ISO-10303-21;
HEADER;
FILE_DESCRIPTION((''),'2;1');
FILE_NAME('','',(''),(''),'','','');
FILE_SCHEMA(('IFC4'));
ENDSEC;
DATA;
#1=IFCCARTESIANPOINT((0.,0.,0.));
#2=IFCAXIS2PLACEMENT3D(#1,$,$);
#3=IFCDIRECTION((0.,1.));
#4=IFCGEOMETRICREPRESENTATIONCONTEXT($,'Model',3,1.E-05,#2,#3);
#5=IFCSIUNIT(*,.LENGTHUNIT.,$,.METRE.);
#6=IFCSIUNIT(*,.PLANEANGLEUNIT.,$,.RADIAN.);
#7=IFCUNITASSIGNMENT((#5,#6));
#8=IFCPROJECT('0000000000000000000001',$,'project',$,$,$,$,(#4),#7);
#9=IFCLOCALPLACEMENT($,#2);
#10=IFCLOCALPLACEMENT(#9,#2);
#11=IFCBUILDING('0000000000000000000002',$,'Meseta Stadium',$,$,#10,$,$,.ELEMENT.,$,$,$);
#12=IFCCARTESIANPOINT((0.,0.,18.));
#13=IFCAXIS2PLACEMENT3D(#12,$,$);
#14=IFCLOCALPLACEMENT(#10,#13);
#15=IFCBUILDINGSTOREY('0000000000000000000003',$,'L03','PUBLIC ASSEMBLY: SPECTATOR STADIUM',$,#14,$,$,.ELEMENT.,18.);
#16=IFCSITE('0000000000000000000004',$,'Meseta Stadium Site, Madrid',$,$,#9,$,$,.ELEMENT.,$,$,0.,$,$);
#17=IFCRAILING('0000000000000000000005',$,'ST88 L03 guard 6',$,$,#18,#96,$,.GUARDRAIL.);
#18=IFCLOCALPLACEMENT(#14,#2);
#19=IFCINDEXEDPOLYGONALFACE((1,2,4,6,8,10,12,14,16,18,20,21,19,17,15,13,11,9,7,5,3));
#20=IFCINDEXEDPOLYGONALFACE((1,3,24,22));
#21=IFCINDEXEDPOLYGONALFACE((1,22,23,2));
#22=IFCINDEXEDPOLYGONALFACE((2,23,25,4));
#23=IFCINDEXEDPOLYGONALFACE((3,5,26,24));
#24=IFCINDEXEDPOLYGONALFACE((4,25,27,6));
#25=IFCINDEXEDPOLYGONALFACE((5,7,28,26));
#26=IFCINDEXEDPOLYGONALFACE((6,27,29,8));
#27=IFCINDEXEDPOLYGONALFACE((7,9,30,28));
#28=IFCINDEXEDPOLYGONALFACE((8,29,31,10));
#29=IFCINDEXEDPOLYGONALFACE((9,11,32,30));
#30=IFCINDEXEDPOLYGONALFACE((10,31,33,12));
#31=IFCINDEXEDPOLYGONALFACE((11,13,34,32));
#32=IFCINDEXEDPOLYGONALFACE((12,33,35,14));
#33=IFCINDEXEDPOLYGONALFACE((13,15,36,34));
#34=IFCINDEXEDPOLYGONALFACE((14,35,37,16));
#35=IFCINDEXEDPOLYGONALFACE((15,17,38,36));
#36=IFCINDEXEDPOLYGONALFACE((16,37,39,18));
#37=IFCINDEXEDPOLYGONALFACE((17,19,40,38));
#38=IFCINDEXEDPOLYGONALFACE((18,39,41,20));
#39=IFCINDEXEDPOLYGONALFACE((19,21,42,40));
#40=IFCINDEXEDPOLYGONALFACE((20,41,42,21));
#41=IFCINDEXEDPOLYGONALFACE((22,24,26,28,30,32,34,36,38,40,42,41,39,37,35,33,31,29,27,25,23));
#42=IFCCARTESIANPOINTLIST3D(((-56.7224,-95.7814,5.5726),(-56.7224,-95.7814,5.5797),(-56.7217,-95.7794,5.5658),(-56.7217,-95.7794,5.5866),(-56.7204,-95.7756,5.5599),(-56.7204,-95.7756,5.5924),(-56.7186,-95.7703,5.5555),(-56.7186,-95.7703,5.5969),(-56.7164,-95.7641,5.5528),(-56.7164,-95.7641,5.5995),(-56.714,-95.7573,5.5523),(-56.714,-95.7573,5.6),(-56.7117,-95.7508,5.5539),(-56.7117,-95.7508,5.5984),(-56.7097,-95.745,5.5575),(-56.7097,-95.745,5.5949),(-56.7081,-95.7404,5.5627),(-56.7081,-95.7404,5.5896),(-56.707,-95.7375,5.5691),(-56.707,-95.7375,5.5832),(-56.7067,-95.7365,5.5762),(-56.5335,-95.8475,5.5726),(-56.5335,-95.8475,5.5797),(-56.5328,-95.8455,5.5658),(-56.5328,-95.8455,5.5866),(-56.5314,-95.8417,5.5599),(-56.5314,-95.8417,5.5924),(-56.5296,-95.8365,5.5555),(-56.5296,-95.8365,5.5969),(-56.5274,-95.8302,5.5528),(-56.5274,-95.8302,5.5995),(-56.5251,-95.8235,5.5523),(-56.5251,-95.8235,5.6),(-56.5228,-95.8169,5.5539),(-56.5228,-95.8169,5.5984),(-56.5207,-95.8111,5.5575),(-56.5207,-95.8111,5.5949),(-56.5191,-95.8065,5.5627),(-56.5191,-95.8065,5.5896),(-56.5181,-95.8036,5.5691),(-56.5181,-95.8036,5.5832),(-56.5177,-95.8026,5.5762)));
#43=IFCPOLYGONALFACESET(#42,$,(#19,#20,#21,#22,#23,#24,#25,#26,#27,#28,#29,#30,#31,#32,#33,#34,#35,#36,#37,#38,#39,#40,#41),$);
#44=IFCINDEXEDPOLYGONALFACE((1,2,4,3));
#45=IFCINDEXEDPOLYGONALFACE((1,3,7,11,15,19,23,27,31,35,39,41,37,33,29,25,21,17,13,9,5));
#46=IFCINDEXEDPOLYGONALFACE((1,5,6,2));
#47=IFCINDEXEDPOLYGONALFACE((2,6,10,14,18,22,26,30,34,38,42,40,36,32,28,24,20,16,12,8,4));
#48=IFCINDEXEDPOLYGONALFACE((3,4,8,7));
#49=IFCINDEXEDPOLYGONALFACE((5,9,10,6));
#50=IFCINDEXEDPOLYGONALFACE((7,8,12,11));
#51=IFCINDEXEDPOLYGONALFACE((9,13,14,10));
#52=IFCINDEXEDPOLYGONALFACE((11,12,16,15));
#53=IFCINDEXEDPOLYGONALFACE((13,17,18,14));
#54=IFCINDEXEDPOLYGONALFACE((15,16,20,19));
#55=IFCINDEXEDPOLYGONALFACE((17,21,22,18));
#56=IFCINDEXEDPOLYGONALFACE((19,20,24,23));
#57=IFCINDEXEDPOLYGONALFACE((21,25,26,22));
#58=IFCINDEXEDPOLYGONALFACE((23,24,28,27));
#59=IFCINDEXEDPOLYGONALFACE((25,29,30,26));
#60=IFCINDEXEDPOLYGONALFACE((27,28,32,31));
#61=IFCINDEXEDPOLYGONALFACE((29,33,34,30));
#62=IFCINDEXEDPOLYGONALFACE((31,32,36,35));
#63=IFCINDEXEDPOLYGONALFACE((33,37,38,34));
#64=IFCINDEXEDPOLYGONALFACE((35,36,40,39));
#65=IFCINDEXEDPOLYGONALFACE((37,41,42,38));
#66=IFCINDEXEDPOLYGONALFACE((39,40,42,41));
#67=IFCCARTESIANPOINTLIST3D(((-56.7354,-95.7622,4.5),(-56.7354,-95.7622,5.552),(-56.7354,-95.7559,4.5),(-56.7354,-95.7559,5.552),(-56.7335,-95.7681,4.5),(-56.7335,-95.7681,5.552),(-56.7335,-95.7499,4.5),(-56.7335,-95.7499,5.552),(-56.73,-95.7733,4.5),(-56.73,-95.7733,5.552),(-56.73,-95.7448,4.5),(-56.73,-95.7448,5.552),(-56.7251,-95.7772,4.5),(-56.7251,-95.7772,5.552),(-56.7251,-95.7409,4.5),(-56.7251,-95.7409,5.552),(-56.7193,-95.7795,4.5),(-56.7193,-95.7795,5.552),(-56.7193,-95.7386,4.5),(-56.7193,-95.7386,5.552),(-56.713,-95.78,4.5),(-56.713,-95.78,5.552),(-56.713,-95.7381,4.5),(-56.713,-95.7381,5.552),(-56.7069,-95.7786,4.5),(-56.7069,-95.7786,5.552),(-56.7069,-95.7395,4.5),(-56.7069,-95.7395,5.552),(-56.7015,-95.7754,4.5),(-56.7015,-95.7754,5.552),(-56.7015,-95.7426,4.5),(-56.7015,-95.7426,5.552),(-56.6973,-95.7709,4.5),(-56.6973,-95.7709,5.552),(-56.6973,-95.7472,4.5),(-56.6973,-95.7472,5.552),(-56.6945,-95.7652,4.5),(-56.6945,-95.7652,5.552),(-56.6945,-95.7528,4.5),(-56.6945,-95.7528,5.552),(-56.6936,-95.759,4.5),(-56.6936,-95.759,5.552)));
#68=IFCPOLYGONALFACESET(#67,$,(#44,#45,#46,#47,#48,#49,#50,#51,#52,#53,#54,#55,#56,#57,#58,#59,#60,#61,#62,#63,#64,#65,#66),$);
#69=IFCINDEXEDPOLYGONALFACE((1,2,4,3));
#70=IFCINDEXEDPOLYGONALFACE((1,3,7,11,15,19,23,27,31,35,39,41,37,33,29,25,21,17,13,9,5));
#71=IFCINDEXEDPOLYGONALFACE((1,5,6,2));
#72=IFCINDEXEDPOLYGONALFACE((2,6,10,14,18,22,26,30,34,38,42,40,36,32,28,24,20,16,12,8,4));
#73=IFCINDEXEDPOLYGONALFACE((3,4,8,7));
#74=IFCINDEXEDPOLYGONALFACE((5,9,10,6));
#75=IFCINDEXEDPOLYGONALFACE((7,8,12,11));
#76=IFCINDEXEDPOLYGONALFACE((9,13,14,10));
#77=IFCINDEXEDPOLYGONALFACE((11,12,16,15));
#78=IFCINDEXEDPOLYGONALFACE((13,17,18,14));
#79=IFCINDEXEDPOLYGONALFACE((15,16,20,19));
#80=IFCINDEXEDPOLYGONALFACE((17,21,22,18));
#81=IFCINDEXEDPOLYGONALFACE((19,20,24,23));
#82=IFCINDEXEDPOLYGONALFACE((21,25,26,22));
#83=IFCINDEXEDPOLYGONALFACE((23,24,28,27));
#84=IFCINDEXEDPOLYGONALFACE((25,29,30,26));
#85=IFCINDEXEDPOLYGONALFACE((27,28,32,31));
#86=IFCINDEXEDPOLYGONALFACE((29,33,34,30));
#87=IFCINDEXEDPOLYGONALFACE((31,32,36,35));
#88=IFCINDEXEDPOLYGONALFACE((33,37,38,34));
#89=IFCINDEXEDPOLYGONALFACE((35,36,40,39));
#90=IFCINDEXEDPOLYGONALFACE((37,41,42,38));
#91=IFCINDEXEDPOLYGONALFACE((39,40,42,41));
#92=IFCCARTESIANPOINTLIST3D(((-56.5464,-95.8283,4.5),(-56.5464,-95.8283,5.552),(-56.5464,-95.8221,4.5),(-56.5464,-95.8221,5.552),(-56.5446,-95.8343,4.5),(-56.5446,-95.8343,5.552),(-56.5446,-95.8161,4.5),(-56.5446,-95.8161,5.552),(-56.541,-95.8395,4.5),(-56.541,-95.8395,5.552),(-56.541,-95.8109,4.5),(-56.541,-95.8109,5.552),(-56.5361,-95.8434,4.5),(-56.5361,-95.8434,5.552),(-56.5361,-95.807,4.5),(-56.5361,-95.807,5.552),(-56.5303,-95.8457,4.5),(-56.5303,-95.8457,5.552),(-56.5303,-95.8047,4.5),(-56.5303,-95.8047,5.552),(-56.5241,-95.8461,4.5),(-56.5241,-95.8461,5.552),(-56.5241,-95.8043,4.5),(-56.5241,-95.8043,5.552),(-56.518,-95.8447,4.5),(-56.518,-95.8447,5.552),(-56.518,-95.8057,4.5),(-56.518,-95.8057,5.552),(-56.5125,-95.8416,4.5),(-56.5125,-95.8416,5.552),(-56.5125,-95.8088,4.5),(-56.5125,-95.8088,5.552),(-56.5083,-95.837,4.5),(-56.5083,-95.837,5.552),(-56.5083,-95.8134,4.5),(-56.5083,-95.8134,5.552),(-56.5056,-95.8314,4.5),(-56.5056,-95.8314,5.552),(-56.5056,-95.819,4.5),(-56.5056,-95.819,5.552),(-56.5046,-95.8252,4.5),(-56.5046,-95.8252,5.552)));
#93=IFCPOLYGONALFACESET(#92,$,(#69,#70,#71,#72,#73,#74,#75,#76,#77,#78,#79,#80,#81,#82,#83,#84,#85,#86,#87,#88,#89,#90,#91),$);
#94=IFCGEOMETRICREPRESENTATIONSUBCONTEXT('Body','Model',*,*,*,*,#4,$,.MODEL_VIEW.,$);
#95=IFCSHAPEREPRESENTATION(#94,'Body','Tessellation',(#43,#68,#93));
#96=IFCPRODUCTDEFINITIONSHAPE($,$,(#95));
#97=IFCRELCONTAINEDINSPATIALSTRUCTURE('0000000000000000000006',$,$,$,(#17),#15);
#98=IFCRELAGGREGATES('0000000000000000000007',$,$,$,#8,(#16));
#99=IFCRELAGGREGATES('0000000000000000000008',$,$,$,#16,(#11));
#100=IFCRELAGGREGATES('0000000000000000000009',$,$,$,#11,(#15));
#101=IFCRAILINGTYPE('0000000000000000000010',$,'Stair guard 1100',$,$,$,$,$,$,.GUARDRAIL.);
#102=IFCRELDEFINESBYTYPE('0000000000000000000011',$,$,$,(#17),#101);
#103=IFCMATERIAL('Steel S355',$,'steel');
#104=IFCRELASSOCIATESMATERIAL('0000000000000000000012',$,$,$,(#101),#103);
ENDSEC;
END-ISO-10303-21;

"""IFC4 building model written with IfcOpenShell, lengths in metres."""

from ifc_helpers import new_model, si_unit, direction, frame, origin, origin_2d, place, context, subcontext, project, spatial, circle, extrude, material, type_object, element, save


model = new_model("IFC4")

# Units and contexts
model_context = context("Model", 3, precision=1e-05, world=origin(), true_north=direction((0.0, 1.0)))
body_context = subcontext(model_context, "Body", "Model", "MODEL_VIEW")
ifc_project = project(units=[si_unit("LENGTHUNIT", "METRE"), si_unit("PLANEANGLEUNIT", "RADIAN")], contexts=[model_context])

# Site, building, storey
site_placement = place(None, origin())
site = spatial("IfcSite", under=ifc_project, at=site_placement, Name="Meseta Stadium Site, Madrid", CompositionType="ELEMENT", RefElevation=0.0)
building_placement = place(site_placement, origin())
building = spatial("IfcBuilding", under=site, at=building_placement, Name="Meseta Stadium", CompositionType="ELEMENT")
storey_placement = place(building_placement, frame((0.0, 0.0, 18.0)))
storey = spatial("IfcBuildingStorey", under=building, at=storey_placement, Name="L03", Description="PUBLIC ASSEMBLY: SPECTATOR STADIUM", CompositionType="ELEMENT", Elevation=18.0)

# Railing
ifc_material_1 = material(Name="Steel S355", Category="steel")
railing_type_1 = type_object("IfcRailingType", Name="Stair guard 1100", PredefinedType="GUARDRAIL", material=ifc_material_1)
railing_1_placement = place(storey_placement, frame((-56.7146, -95.759, 4.5)))
element("IfcRailing", 1, at=railing_1_placement, inside=storey, type_object=railing_type_1, Name="ST88 L03 guard 6", PredefinedType="GUARDRAIL", context=body_context, shape_type="SweptSolid", body=[
    extrude(circle(Radius=0.0239, at=origin_2d()), frame((0.0, 0.0, 1.0762), z_axis=(0.94382, -0.330459, 0.0), x_axis=(0.330459, 0.94382, 0.0)), (0.0, 0.0, 1.0), 0.2002),
    extrude(circle(Radius=0.021, at=origin_2d()), origin(), (0.0, 0.0, 1.0), 1.052),
    extrude(circle(Radius=0.021, at=origin_2d()), frame((0.189, -0.0662, 0.0)), (0.0, 0.0, 1.0), 1.052),
])

save(model, "model.ifc")
